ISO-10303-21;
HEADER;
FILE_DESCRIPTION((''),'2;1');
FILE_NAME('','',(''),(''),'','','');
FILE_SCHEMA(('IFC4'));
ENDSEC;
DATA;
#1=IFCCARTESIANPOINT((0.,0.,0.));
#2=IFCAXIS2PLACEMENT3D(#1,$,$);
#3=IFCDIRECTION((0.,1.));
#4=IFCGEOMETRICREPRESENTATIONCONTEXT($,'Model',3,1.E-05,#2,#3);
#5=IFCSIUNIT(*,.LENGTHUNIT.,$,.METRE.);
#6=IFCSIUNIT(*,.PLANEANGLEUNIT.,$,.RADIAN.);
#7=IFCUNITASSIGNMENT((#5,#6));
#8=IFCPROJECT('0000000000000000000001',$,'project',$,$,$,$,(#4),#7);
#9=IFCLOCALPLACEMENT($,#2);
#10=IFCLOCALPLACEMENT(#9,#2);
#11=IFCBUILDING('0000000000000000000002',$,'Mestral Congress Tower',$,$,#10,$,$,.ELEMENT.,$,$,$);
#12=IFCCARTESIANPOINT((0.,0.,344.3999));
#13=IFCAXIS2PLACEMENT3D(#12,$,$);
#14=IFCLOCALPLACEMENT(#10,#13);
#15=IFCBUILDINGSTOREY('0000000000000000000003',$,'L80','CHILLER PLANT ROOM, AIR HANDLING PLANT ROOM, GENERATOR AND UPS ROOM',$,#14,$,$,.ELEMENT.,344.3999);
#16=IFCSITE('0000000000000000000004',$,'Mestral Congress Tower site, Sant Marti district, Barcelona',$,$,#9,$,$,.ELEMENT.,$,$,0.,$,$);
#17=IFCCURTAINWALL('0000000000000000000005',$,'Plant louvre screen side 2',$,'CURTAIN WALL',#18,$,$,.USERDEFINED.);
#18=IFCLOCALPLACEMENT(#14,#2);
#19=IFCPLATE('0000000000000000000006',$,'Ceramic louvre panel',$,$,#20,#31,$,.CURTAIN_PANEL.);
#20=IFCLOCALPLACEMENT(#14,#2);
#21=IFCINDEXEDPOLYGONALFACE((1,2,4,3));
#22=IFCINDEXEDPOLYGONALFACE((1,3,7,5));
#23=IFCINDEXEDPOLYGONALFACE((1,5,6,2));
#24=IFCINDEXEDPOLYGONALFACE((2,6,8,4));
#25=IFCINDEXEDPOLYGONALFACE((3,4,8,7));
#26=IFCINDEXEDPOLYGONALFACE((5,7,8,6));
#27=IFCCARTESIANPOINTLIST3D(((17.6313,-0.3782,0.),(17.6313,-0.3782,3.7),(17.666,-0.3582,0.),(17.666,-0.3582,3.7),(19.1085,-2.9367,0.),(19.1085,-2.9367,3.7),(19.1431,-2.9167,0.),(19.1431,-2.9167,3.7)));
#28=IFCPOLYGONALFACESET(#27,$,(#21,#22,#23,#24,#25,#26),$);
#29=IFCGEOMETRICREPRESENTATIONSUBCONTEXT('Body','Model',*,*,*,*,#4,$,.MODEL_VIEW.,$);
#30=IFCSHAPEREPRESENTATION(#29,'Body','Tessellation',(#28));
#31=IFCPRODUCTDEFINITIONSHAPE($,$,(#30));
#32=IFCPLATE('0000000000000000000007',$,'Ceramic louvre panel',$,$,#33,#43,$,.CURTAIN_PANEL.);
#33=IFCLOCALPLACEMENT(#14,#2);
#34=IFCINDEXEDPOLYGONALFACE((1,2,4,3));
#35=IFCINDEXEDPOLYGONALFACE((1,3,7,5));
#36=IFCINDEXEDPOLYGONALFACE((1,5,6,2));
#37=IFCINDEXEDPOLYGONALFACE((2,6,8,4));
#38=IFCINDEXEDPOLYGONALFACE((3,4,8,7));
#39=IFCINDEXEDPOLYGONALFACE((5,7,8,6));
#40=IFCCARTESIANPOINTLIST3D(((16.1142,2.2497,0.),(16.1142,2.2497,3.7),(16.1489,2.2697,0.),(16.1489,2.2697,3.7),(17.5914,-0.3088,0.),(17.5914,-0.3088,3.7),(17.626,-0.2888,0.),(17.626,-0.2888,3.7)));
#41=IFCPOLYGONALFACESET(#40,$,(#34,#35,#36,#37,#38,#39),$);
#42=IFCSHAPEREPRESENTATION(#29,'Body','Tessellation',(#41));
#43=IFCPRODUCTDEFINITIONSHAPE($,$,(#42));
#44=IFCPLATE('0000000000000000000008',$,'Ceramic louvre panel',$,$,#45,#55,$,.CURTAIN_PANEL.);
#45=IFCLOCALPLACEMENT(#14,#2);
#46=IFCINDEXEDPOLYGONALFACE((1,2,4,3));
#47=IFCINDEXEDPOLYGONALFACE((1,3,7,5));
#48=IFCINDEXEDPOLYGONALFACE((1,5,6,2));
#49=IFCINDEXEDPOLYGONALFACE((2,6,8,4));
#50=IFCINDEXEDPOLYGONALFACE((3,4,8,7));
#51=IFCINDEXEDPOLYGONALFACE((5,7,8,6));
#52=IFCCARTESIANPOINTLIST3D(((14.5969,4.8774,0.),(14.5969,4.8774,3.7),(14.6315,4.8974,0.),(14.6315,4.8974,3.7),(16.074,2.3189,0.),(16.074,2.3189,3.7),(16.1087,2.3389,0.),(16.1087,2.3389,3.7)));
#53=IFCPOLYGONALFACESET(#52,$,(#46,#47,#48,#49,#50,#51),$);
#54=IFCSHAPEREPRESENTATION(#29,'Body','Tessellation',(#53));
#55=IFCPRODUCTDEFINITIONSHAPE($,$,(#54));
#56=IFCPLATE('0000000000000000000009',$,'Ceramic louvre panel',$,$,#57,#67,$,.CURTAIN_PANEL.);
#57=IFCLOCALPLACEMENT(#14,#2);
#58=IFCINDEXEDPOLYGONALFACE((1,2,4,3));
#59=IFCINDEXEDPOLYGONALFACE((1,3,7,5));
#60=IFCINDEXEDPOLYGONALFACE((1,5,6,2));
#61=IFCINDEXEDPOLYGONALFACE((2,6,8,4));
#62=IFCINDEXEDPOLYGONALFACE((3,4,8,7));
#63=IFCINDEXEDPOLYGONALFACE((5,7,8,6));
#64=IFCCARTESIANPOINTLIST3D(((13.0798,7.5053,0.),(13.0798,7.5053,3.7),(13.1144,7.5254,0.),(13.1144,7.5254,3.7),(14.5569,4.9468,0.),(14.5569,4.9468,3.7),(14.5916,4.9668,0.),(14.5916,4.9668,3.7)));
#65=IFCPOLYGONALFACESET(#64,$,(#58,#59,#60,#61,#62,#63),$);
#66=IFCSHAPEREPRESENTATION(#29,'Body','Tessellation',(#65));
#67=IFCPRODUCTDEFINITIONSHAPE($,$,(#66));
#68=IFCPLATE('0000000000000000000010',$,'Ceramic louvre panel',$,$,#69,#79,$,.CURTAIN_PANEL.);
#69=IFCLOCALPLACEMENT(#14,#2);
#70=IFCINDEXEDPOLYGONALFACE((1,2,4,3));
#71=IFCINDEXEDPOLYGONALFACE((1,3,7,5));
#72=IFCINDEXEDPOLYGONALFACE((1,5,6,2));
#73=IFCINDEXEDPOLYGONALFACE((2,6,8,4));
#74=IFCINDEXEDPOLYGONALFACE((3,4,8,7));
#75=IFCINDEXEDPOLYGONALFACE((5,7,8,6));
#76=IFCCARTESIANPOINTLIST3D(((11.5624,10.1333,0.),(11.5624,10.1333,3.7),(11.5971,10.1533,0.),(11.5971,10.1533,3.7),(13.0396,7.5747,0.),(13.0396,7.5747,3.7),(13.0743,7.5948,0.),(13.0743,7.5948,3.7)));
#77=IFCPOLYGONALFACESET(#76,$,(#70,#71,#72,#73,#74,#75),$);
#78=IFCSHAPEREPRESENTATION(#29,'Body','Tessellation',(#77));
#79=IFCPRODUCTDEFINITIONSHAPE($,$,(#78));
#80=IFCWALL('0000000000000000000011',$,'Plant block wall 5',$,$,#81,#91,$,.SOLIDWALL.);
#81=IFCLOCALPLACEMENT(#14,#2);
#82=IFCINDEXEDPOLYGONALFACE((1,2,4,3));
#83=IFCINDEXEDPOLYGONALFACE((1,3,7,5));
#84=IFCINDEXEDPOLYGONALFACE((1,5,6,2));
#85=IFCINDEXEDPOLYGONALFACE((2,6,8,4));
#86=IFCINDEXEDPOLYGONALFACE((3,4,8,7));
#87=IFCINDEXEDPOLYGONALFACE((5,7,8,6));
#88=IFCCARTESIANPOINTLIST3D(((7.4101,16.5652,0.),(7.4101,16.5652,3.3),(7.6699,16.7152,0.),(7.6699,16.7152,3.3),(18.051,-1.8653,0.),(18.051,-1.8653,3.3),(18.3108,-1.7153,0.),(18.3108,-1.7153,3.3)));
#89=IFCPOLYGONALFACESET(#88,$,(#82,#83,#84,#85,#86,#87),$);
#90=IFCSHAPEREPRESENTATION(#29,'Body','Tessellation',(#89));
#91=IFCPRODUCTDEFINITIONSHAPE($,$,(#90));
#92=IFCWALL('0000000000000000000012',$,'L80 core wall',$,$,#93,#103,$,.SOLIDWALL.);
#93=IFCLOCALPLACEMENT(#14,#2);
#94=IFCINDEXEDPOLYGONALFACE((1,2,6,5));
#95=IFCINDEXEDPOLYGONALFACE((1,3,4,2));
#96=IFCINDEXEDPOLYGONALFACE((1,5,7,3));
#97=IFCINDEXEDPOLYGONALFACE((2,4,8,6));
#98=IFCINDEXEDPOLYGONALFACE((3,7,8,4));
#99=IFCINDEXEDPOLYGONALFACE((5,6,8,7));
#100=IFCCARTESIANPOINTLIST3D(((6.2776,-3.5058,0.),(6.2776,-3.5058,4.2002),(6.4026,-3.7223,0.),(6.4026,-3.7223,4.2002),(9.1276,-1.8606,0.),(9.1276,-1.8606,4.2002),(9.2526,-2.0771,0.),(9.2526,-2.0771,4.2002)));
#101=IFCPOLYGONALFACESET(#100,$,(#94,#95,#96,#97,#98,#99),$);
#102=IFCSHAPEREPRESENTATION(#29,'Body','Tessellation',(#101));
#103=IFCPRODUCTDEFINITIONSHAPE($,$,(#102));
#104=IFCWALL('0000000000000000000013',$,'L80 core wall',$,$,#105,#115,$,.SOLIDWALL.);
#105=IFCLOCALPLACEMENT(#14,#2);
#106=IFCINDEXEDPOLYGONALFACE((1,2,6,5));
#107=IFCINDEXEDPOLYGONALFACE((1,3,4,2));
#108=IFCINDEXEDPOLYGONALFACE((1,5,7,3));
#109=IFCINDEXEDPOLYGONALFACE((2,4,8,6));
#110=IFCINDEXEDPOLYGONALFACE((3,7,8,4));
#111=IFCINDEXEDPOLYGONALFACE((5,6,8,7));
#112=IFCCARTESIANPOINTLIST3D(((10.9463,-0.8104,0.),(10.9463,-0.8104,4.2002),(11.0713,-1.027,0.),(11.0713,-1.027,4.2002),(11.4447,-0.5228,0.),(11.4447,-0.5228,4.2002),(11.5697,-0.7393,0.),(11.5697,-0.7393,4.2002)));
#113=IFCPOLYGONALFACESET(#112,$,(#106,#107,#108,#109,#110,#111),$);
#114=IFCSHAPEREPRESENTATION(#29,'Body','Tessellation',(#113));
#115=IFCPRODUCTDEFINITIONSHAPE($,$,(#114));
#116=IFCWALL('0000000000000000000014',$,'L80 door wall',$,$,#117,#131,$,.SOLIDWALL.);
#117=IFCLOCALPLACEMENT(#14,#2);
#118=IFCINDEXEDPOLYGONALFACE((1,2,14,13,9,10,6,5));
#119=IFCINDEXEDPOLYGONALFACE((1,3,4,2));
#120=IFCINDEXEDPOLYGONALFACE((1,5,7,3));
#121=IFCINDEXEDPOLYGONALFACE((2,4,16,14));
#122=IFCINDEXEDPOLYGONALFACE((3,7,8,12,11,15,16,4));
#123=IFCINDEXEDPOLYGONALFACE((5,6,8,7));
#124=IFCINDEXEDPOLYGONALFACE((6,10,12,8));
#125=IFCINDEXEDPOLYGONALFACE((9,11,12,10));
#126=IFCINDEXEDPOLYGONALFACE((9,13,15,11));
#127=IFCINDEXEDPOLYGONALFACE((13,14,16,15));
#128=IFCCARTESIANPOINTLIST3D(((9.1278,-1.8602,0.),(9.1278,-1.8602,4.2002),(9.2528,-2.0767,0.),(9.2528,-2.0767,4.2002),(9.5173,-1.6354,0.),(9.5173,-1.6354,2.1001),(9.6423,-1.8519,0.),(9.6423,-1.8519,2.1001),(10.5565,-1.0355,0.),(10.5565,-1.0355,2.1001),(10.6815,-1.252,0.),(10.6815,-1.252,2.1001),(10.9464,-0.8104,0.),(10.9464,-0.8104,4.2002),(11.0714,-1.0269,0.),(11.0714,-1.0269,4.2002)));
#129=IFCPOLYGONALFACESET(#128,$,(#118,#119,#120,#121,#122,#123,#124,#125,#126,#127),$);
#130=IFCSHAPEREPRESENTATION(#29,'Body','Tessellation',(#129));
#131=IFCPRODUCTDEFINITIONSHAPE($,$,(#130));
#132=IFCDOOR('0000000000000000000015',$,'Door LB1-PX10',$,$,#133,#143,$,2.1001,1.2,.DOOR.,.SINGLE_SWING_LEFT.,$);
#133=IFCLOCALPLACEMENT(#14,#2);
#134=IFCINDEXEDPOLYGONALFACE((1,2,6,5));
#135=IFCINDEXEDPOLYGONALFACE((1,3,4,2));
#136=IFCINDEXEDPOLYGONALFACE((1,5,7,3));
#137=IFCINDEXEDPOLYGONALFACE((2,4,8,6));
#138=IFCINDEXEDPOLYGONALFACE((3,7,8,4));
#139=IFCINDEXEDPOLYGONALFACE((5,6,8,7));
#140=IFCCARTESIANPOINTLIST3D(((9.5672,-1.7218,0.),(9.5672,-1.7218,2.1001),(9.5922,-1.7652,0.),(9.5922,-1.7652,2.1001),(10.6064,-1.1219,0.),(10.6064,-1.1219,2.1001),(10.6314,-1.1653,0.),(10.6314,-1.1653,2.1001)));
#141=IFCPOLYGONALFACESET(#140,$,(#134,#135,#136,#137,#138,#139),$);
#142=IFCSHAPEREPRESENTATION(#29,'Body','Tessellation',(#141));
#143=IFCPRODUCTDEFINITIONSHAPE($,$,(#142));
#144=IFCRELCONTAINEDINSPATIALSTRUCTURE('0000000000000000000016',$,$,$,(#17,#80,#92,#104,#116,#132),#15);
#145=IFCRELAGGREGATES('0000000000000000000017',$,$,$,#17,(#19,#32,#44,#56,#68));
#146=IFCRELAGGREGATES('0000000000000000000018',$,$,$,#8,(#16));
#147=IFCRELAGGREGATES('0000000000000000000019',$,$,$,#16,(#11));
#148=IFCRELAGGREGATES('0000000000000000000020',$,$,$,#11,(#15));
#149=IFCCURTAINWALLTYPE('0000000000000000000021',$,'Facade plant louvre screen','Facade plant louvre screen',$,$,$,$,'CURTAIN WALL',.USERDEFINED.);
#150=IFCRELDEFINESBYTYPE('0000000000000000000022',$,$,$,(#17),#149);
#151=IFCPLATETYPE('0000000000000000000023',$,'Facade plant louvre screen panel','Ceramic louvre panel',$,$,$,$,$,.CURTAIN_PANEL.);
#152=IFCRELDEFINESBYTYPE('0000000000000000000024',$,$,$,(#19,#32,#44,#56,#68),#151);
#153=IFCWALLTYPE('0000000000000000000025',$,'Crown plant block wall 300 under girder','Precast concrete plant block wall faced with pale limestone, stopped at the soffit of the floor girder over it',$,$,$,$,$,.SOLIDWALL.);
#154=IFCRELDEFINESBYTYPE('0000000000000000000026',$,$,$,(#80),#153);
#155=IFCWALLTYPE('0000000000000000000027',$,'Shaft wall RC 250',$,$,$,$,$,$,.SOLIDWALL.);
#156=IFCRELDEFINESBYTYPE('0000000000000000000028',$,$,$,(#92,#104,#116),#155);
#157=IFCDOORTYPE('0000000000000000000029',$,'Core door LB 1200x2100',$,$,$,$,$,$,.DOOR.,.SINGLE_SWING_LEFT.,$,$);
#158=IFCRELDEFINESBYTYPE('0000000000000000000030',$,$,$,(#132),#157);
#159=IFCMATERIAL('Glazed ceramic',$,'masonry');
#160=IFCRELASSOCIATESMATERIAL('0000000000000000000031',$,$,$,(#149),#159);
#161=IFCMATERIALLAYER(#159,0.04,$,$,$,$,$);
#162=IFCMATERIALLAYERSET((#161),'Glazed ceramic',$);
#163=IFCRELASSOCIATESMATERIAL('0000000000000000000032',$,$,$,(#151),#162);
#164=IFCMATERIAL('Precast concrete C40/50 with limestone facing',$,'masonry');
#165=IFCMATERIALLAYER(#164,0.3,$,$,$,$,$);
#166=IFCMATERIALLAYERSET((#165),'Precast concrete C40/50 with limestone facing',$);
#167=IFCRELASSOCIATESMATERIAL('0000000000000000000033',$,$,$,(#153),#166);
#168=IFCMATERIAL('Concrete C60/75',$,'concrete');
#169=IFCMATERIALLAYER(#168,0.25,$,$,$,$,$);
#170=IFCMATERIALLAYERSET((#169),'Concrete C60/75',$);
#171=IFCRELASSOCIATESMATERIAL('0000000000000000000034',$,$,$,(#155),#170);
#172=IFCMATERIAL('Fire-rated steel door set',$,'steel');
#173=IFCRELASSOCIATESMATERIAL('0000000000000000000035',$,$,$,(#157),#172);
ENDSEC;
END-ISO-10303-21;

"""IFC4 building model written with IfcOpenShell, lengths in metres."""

from ifc_helpers import new_model, si_unit, direction, frame, frame_2d, origin, origin_2d, place, context, subcontext, project, spatial, rectangle, extrude, material, layer, layer_set, type_object, element, fill, aggregate, save


model = new_model("IFC4")

# Units and contexts
model_context = context("Model", 3, precision=1e-05, world=origin(), true_north=direction((0.0, 1.0)))
body_context = subcontext(model_context, "Body", "Model", "MODEL_VIEW")
ifc_project = project(units=[si_unit("LENGTHUNIT", "METRE"), si_unit("PLANEANGLEUNIT", "RADIAN")], contexts=[model_context])

# Site, building, storey
site_placement = place(None, origin())
site = spatial("IfcSite", under=ifc_project, at=site_placement, Name="Mestral Congress Tower site, Sant Marti district, Barcelona", CompositionType="ELEMENT", RefElevation=0.0)
building_placement = place(site_placement, origin())
building = spatial("IfcBuilding", under=site, at=building_placement, Name="Mestral Congress Tower", CompositionType="ELEMENT")
storey_placement = place(building_placement, frame((0.0, 0.0, 344.3999)))
storey = spatial("IfcBuildingStorey", under=building, at=storey_placement, Name="L80", Description="CHILLER PLANT ROOM, AIR HANDLING PLANT ROOM, GENERATOR AND UPS ROOM", CompositionType="ELEMENT", Elevation=344.3999)

# Curtain wall
ifc_material_1 = material(Name="Glazed ceramic", Category="masonry")
curtain_wall_type = type_object("IfcCurtainWallType", Name="Facade plant louvre screen", Description="Facade plant louvre screen", ElementType="CURTAIN WALL", PredefinedType="USERDEFINED", material=ifc_material_1)
curtain_wall_placement = place(storey_placement, origin())
curtain_wall = element("IfcCurtainWall", 1, at=curtain_wall_placement, inside=storey, type_object=curtain_wall_type, Name="Plant louvre screen side 2", ObjectType="CURTAIN WALL", PredefinedType="USERDEFINED")

# Plates
ifc_layer_1 = layer(ifc_material_1, 0.04)
ifc_layer_set_1 = layer_set([ifc_layer_1], Name="Glazed ceramic")
plate_type = type_object("IfcPlateType", Name="Facade plant louvre screen panel", Description="Ceramic louvre panel", PredefinedType="CURTAIN_PANEL", material=ifc_layer_set_1)
plate_1_placement = place(storey_placement, frame((18.3872, -1.6475, 0.0), z_axis=(0.0, 0.0, 1.0), x_axis=(-0.500002, 0.866025, 0.0)))
plate_1 = element("IfcPlate", 2, at=plate_1_placement, type_object=plate_type, Name="Ceramic louvre panel", PredefinedType="CURTAIN_PANEL", context=body_context, shape_type="SweptSolid", body=[
    extrude(rectangle(XDim=2.9543, YDim=0.04, at=origin_2d()), origin(), (0.0, 0.0, 1.0), 3.7),
])
plate_2_placement = place(storey_placement, frame((16.8701, 0.9805, 0.0), z_axis=(0.0, 0.0, 1.0), x_axis=(-0.500002, 0.866025, 0.0)))
plate_2 = element("IfcPlate", 3, at=plate_2_placement, type_object=plate_type, Name="Ceramic louvre panel", PredefinedType="CURTAIN_PANEL", context=body_context, shape_type="SweptSolid", body=[
    extrude(rectangle(XDim=2.9543, YDim=0.04, at=origin_2d()), origin(), (0.0, 0.0, 1.0), 3.7),
])
plate_3_placement = place(storey_placement, frame((15.3528, 3.6082, 0.0), z_axis=(0.0, 0.0, 1.0), x_axis=(-0.500002, 0.866025, 0.0)))
plate_3 = element("IfcPlate", 4, at=plate_3_placement, type_object=plate_type, Name="Ceramic louvre panel", PredefinedType="CURTAIN_PANEL", context=body_context, shape_type="SweptSolid", body=[
    extrude(rectangle(XDim=2.9543, YDim=0.04, at=origin_2d()), origin(), (0.0, 0.0, 1.0), 3.7),
])
plate_4_placement = place(storey_placement, frame((13.8357, 6.2361, 0.0), z_axis=(0.0, 0.0, 1.0), x_axis=(-0.500002, 0.866025, 0.0)))
plate_4 = element("IfcPlate", 5, at=plate_4_placement, type_object=plate_type, Name="Ceramic louvre panel", PredefinedType="CURTAIN_PANEL", context=body_context, shape_type="SweptSolid", body=[
    extrude(rectangle(XDim=2.9543, YDim=0.04, at=origin_2d()), origin(), (0.0, 0.0, 1.0), 3.7),
])
plate_5_placement = place(storey_placement, frame((12.3184, 8.864, 0.0), z_axis=(0.0, 0.0, 1.0), x_axis=(-0.500002, 0.866025, 0.0)))
plate_5 = element("IfcPlate", 6, at=plate_5_placement, type_object=plate_type, Name="Ceramic louvre panel", PredefinedType="CURTAIN_PANEL", context=body_context, shape_type="SweptSolid", body=[
    extrude(rectangle(XDim=2.9543, YDim=0.04, at=origin_2d()), origin(), (0.0, 0.0, 1.0), 3.7),
])
aggregate(curtain_wall, [plate_1, plate_2, plate_3, plate_4, plate_5])

# Walls
ifc_material_2 = material(Name="Precast concrete C40/50 with limestone facing", Category="masonry")
ifc_layer_2 = layer(ifc_material_2, 0.3)
ifc_layer_set_2 = layer_set([ifc_layer_2], Name="Precast concrete C40/50 with limestone facing")
wall_type_1 = type_object("IfcWallType", Name="Crown plant block wall 300 under girder", Description="Precast concrete plant block wall faced with pale limestone, stopped at the soffit of the floor girder over it", PredefinedType="SOLIDWALL", material=ifc_layer_set_2)
wall_1_placement = place(storey_placement, frame((18.1809, -1.7903, 0.0), z_axis=(0.0, 0.0, 1.0), x_axis=(-0.500002, 0.866024, 0.0)))
element("IfcWall", 7, at=wall_1_placement, inside=storey, type_object=wall_type_1, Name="Plant block wall 5", PredefinedType="SOLIDWALL", context=body_context, shape_type="SweptSolid", body=[
    extrude(rectangle(XDim=21.2817, YDim=0.3, at=frame_2d((10.6409, 0.0))), origin(), (0.0, 0.0, 1.0), 3.3),
])
ifc_material_3 = material(Name="Concrete C60/75", Category="concrete")
ifc_layer_3 = layer(ifc_material_3, 0.25)
ifc_layer_set_3 = layer_set([ifc_layer_3], Name="Concrete C60/75")
wall_type_2 = type_object("IfcWallType", Name="Shaft wall RC 250", PredefinedType="SOLIDWALL", material=ifc_layer_set_3)
wall_2_placement = place(storey_placement, frame((9.1902, -1.9688, 0.0), z_axis=(0.0, 0.0, 1.0), x_axis=(-0.866057, -0.499945, 0.0)))
element("IfcWall", 8, at=wall_2_placement, inside=storey, type_object=wall_type_2, Name="L80 core wall", PredefinedType="SOLIDWALL", context=body_context, shape_type="SweptSolid", body=[
    extrude(rectangle(XDim=3.2908, YDim=0.25, at=frame_2d((1.6455, 0.0))), origin(), (0.0, 0.0, 1.0), 4.2002),
])
wall_3_placement = place(storey_placement, frame((11.5071, -0.6311, 0.0), z_axis=(0.0, 0.0, 1.0), x_axis=(-0.866094, -0.499882, 0.0)))
element("IfcWall", 9, at=wall_3_placement, inside=storey, type_object=wall_type_2, Name="L80 core wall", PredefinedType="SOLIDWALL", context=body_context, shape_type="SweptSolid", body=[
    extrude(rectangle(XDim=0.5754, YDim=0.25, at=frame_2d((0.2876, 0.0))), origin(), (0.0, 0.0, 1.0), 4.2002),
])

# Wall, opening, door
wall_4_placement = place(storey_placement, frame((11.0088, -0.9187, 0.0), z_axis=(0.0, 0.0, 1.0), x_axis=(-0.86606, -0.499941, 0.0)))
wall_4 = element("IfcWall", 10, at=wall_4_placement, inside=storey, type_object=wall_type_2, Name="L80 door wall", PredefinedType="SOLIDWALL", context=body_context, shape_type="SweptSolid", body=[
    extrude(rectangle(XDim=2.0999, YDim=0.25, at=frame_2d((1.0498, 0.0))), origin(), (0.0, 0.0, 1.0), 4.2002),
])
opening_placement = place(wall_4_placement, frame((0.45, 0.0, 0.0)))
opening = element("IfcOpeningElement", 11, at=opening_placement, cuts=wall_4, PredefinedType="OPENING", context=body_context, shape_type="SweptSolid", body=[
    extrude(rectangle(XDim=1.2, YDim=2.1001, at=frame_2d((0.6001, 1.05))), frame((0.0, 0.135, 0.0), z_axis=(0.0, -1.0, 0.0), x_axis=(1.0, 0.0, 0.0)), (0.0, 0.0, 1.0), 0.27),
])
ifc_material_4 = material(Name="Fire-rated steel door set", Category="steel")
door_type = type_object("IfcDoorType", Name="Core door LB 1200x2100", OperationType="SINGLE_SWING_LEFT", PredefinedType="DOOR", material=ifc_material_4)
door_placement = place(opening_placement, origin())
door = element("IfcDoor", 12, at=door_placement, inside=storey, type_object=door_type, Name="Door LB1-PX10", OperationType="SINGLE_SWING_LEFT", OverallHeight=2.1001, OverallWidth=1.2, PredefinedType="DOOR", context=body_context, shape_type="SweptSolid", body=[
    extrude(rectangle(XDim=1.2, YDim=2.1001, at=frame_2d((0.6001, 1.05))), frame((0.0, 0.0249, 0.0), z_axis=(0.0, -1.0, 0.0), x_axis=(1.0, 0.0, 0.0)), (0.0, 0.0, 1.0), 0.05),
])
fill(opening, door)

save(model, "model.ifc")
